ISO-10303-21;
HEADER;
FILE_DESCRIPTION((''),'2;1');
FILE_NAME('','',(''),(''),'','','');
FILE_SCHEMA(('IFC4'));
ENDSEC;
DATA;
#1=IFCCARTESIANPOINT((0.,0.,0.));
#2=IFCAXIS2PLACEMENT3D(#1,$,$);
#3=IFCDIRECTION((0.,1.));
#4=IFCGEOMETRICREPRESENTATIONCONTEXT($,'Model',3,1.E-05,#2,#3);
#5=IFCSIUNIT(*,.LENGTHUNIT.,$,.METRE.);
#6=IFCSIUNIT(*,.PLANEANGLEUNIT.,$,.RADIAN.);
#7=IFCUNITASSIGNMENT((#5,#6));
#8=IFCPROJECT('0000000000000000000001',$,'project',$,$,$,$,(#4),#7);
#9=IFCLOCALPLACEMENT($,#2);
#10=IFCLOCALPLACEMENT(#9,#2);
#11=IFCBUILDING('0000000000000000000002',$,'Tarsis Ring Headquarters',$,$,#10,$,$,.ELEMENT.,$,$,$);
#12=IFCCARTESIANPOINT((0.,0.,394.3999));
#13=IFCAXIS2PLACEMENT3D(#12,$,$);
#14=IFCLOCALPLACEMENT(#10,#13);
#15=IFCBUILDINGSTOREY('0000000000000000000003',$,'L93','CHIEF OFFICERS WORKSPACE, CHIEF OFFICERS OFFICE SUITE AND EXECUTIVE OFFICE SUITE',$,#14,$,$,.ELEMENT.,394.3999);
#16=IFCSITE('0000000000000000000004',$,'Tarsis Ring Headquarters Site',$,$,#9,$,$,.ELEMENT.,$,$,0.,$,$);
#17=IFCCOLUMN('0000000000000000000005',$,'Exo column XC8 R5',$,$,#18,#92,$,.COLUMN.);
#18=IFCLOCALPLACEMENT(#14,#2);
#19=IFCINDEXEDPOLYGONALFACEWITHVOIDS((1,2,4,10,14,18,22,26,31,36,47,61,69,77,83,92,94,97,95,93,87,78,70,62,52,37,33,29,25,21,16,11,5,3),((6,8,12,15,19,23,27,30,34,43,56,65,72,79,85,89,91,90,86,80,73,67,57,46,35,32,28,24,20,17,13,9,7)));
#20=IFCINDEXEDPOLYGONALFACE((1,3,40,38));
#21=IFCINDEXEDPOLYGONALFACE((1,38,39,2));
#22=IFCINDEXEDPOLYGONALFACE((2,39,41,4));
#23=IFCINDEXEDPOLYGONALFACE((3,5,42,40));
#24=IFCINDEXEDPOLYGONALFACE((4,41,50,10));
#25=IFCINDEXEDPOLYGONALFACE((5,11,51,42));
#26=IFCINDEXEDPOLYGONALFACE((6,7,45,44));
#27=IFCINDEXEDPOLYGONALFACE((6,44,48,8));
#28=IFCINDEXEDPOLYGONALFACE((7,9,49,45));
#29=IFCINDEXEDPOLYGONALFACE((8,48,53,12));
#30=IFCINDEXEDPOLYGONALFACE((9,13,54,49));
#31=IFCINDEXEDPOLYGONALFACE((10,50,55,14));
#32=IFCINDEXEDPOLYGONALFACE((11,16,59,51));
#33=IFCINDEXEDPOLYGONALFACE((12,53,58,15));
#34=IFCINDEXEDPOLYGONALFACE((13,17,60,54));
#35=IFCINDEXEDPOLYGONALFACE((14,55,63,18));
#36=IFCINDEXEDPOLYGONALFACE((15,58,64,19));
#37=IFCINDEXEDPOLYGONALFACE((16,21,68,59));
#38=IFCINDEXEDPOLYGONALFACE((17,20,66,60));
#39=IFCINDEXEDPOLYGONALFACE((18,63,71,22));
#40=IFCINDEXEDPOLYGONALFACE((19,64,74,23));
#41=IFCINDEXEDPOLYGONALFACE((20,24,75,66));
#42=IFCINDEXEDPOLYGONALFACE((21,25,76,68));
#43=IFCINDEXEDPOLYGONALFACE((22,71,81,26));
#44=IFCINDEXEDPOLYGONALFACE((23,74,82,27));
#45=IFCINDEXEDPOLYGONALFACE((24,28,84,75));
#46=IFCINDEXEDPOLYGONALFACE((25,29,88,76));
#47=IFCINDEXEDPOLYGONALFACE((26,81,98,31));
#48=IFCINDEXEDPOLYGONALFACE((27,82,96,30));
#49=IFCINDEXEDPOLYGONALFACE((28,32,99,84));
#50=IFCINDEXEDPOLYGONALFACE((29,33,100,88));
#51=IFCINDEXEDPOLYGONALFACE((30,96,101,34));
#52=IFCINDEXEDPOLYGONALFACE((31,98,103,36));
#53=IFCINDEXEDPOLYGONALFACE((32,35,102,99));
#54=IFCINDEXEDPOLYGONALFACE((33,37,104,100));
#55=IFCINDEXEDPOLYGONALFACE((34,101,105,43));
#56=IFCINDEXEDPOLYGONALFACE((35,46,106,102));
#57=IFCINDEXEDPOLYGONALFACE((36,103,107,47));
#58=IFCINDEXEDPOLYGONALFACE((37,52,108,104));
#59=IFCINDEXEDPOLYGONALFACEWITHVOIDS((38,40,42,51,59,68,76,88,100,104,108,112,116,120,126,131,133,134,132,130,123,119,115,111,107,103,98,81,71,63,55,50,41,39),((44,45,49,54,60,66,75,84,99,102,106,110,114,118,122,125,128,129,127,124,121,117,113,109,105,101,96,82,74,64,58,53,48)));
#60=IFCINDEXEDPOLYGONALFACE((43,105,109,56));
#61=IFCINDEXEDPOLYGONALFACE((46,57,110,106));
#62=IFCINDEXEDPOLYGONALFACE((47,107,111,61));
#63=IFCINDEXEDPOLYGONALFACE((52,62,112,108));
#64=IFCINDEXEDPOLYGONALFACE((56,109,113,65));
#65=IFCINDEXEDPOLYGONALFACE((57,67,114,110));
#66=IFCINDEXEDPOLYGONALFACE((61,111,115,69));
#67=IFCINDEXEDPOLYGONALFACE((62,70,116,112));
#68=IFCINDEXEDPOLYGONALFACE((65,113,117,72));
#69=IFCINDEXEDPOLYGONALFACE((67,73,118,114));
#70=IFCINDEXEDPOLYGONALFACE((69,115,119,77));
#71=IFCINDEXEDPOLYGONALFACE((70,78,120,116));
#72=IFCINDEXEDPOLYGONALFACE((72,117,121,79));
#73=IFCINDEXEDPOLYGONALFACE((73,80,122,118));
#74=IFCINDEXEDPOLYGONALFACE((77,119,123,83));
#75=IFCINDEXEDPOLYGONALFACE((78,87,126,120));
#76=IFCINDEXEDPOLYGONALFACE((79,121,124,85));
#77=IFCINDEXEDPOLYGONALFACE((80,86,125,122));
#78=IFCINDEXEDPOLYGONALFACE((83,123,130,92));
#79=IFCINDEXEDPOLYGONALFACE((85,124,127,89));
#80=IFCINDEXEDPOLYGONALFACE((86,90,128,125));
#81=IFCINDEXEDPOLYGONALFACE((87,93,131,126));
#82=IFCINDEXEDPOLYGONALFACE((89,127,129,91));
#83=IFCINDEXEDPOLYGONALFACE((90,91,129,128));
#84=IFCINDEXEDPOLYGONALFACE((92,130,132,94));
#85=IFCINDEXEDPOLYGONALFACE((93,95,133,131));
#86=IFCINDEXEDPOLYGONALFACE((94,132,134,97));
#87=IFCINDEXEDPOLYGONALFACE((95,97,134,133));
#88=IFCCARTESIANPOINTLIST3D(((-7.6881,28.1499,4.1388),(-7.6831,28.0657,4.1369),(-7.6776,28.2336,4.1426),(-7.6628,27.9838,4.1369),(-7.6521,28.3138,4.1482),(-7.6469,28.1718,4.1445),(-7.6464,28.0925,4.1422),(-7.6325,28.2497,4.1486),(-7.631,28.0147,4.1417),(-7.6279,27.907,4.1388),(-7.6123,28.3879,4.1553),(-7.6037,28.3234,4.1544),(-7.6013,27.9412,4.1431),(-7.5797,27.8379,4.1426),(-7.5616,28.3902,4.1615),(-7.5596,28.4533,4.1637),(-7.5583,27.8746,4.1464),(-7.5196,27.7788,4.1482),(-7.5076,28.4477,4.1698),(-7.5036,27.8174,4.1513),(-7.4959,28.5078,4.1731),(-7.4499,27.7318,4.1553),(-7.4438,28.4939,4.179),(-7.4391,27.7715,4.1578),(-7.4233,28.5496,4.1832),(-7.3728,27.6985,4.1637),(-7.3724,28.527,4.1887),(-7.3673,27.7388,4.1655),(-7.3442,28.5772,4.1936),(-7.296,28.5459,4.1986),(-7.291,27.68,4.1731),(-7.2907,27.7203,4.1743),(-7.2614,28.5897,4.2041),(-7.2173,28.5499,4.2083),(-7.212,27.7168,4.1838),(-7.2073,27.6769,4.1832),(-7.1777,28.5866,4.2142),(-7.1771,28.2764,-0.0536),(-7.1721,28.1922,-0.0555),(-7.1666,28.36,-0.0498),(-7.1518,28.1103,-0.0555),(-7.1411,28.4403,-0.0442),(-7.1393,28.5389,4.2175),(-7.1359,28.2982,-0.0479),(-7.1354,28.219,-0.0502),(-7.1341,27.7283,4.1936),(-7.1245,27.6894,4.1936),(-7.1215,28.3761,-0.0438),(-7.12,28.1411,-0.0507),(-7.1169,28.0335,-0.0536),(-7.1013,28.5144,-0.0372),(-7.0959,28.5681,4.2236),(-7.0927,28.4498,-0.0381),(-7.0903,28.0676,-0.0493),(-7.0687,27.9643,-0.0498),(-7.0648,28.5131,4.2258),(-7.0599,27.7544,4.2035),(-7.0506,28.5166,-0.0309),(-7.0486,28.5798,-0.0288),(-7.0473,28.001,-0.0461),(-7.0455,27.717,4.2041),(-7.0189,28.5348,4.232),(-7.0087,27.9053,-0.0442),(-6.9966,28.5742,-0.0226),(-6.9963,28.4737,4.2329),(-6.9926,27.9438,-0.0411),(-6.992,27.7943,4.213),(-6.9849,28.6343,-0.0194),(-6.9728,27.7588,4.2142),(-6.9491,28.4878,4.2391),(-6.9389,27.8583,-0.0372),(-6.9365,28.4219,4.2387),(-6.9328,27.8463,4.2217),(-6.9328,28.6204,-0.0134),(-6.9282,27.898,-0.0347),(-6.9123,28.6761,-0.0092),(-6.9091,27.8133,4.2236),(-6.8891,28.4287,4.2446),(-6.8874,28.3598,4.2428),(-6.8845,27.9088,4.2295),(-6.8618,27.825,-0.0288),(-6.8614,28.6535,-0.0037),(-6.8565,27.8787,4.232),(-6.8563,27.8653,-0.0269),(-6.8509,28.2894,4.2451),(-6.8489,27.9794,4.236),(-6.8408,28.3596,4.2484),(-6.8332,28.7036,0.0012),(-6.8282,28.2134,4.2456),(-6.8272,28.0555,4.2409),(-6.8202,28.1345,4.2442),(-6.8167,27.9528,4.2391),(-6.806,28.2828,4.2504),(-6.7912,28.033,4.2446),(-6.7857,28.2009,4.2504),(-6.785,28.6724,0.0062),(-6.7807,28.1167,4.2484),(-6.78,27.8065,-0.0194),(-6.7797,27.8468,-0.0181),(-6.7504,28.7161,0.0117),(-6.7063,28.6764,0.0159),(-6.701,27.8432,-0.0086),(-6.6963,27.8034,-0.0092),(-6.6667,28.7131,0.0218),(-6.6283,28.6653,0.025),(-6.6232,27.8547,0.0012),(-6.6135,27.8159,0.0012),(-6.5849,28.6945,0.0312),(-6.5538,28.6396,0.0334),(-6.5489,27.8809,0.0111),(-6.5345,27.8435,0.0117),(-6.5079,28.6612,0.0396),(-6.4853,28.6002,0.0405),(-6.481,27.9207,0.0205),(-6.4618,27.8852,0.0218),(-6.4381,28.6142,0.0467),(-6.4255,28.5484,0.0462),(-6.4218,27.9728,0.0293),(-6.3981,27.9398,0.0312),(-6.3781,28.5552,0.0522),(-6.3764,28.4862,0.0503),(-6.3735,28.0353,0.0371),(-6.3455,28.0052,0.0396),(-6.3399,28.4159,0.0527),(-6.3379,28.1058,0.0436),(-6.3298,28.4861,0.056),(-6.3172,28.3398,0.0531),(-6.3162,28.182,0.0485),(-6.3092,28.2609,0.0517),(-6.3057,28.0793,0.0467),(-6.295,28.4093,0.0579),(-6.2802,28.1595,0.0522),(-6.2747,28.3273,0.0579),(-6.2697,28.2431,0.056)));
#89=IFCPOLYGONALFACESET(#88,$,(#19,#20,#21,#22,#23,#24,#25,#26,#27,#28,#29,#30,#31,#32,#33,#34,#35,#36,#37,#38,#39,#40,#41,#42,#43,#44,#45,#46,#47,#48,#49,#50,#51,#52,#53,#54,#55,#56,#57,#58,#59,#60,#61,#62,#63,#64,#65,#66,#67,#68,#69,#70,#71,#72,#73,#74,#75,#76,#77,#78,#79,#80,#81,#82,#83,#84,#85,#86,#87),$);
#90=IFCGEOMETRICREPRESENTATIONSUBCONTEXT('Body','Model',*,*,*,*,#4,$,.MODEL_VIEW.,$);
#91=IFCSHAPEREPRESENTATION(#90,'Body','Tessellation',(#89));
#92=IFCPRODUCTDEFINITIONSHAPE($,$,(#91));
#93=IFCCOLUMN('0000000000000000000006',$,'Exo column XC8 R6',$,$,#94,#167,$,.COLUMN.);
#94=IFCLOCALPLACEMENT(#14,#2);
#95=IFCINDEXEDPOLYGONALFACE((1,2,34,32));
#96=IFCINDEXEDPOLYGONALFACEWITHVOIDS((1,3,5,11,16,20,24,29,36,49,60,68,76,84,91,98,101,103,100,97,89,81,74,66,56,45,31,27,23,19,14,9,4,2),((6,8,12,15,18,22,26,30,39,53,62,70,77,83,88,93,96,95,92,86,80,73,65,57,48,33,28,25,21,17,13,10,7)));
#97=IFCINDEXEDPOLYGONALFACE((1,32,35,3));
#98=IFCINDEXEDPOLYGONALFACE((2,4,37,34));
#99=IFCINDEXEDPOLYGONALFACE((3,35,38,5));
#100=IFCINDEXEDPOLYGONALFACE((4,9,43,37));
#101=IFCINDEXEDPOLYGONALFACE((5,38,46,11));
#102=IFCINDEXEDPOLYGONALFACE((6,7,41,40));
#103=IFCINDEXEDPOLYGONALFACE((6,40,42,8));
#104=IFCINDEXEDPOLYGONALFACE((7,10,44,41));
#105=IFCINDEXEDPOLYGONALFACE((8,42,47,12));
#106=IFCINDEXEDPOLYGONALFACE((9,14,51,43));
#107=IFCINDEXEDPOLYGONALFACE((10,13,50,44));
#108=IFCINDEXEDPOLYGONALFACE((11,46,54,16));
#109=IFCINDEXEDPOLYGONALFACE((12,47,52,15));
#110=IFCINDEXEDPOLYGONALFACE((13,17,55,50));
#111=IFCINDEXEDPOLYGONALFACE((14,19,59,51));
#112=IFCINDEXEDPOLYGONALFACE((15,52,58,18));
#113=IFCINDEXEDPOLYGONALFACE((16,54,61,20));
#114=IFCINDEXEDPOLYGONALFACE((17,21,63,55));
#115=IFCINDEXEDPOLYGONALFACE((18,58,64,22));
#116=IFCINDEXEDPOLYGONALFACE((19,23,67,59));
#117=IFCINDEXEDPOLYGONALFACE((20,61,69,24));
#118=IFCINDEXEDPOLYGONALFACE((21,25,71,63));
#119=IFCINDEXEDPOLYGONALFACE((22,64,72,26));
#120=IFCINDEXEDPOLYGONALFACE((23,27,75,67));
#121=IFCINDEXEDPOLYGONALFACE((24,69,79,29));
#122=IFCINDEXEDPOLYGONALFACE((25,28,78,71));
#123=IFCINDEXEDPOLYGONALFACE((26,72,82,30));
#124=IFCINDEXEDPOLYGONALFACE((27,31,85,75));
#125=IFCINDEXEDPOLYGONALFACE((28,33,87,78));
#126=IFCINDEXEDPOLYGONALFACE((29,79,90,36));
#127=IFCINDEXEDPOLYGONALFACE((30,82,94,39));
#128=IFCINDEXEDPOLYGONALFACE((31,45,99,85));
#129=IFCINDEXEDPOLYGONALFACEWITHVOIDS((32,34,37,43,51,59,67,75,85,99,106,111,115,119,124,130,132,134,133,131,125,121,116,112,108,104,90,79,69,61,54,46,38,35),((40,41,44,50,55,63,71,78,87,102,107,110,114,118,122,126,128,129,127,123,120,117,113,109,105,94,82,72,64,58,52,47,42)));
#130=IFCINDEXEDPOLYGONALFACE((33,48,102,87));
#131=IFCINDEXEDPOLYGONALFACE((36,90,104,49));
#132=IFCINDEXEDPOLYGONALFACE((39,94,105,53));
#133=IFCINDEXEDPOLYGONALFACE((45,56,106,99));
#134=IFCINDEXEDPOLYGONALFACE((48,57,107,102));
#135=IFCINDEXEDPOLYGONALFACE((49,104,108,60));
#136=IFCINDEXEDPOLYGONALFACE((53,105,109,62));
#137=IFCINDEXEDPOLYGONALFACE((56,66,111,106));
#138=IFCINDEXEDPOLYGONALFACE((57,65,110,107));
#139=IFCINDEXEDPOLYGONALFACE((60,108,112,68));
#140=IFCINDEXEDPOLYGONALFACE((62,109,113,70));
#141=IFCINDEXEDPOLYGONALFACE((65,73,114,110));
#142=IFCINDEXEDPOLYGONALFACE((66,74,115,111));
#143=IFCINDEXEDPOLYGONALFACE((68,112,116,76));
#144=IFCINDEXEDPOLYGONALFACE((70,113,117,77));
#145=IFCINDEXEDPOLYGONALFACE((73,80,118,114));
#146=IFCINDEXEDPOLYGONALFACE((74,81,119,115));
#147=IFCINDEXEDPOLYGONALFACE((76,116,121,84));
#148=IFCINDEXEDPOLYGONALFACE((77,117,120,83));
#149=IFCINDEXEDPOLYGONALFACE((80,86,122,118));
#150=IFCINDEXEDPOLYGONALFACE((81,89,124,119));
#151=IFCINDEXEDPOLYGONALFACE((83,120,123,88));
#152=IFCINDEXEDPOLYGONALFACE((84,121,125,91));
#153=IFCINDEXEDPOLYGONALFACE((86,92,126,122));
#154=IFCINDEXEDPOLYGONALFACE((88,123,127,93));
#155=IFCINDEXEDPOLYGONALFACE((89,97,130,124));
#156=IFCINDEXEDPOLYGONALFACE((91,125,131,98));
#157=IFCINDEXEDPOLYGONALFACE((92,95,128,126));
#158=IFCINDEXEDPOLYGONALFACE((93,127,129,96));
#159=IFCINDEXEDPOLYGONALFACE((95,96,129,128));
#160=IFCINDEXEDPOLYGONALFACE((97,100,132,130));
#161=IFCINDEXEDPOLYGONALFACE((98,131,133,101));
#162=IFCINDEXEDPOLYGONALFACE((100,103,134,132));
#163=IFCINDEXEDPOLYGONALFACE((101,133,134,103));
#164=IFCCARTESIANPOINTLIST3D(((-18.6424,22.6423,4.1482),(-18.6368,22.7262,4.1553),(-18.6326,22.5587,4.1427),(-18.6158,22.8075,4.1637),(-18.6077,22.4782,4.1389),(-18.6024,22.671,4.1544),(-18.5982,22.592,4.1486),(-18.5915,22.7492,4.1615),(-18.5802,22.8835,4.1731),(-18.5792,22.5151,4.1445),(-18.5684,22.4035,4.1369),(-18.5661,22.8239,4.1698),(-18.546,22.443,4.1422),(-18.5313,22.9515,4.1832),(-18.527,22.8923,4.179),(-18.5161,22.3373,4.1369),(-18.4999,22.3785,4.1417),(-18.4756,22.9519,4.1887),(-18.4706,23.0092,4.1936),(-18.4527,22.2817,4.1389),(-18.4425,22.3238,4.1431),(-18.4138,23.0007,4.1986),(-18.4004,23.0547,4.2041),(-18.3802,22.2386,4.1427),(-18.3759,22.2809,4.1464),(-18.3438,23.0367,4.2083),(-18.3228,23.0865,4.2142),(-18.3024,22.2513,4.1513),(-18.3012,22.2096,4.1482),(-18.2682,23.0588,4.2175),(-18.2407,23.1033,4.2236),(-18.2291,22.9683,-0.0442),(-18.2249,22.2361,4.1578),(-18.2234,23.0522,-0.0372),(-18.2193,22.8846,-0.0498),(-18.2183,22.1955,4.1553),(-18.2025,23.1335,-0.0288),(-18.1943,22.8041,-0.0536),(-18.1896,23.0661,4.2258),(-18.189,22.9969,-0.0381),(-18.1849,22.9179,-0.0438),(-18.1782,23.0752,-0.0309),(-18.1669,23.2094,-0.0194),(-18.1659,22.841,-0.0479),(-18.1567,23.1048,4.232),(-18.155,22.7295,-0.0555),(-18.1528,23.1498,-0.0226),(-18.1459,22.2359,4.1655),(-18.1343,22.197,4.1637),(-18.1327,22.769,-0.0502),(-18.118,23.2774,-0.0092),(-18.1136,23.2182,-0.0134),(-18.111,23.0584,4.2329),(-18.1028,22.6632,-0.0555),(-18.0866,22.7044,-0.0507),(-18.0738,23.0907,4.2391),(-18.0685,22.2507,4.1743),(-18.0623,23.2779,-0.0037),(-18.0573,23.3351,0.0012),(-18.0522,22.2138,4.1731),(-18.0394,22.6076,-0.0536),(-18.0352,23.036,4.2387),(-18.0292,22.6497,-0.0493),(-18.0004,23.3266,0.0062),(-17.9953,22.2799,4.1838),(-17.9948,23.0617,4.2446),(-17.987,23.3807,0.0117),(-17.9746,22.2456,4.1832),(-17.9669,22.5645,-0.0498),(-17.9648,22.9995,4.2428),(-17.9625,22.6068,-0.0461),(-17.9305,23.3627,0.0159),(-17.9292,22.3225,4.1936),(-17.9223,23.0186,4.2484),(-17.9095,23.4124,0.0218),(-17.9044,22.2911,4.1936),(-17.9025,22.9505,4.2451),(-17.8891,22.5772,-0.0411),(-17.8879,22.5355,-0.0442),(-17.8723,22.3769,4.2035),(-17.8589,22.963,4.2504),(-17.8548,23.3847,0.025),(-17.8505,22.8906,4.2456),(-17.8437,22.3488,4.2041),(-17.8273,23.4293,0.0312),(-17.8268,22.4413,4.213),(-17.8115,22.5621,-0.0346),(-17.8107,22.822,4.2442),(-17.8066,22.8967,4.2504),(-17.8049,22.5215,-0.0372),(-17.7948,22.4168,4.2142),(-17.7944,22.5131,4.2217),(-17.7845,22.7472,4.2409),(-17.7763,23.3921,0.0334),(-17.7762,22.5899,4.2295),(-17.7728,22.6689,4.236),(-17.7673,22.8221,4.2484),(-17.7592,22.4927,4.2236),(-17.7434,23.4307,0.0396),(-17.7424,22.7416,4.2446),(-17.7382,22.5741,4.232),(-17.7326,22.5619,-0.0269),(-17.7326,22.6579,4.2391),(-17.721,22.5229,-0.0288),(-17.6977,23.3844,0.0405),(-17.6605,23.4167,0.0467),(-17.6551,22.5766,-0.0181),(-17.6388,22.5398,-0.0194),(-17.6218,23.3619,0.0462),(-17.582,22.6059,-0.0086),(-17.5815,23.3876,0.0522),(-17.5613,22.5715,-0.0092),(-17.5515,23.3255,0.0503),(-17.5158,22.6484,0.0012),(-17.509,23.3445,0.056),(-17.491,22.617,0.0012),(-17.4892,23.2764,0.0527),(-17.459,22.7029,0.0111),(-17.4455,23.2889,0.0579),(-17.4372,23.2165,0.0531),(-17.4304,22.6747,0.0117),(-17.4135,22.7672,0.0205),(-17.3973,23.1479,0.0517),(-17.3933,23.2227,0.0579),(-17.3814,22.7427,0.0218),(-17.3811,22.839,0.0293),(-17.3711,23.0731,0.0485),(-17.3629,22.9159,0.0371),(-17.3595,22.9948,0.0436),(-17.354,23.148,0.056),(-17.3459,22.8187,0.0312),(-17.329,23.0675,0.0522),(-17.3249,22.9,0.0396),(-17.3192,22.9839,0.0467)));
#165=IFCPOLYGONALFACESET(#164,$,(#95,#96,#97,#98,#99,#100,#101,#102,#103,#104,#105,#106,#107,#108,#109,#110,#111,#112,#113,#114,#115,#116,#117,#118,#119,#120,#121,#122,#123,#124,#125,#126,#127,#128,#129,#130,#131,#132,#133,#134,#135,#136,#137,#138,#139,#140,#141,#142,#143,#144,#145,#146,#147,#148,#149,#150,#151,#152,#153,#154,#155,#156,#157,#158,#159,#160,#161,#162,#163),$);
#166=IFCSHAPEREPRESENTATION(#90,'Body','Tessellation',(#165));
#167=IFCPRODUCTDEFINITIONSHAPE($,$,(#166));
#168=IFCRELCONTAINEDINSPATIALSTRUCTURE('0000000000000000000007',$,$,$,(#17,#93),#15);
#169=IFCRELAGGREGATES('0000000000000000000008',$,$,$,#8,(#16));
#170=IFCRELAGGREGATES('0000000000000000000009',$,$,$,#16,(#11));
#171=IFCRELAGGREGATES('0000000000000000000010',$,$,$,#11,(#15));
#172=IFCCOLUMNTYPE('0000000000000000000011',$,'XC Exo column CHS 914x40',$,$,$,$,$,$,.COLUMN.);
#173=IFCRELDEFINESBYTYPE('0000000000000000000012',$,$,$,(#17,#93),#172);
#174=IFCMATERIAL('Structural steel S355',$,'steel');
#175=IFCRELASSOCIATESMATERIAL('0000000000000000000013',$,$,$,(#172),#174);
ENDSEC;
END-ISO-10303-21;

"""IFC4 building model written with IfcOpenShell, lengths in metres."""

from ifc_helpers import new_model, si_unit, direction, frame, origin, origin_2d, place, context, subcontext, project, spatial, hollow_circle, extrude, material, material_profile, profile_set, type_object, element, save


model = new_model("IFC4")

# Units and contexts
model_context = context("Model", 3, precision=1e-05, world=origin(), true_north=direction((0.0, 1.0)))
body_context = subcontext(model_context, "Body", "Model", "MODEL_VIEW")
ifc_project = project(units=[si_unit("LENGTHUNIT", "METRE"), si_unit("PLANEANGLEUNIT", "RADIAN")], contexts=[model_context])

# Site, building, storey
site_placement = place(None, origin())
site = spatial("IfcSite", under=ifc_project, at=site_placement, Name="Tarsis Ring Headquarters Site", CompositionType="ELEMENT", RefElevation=0.0)
building_placement = place(site_placement, origin())
building = spatial("IfcBuilding", under=site, at=building_placement, Name="Tarsis Ring Headquarters", CompositionType="ELEMENT")
storey_placement = place(building_placement, frame((0.0, 0.0, 394.3999)))
storey = spatial("IfcBuildingStorey", under=building, at=storey_placement, Name="L93", Description="CHIEF OFFICERS WORKSPACE, CHIEF OFFICERS OFFICE SUITE AND EXECUTIVE OFFICE SUITE", CompositionType="ELEMENT", Elevation=394.3999)

# Columns
ifc_material_1 = material(Name="Structural steel S355", Category="steel")
ifc_material_profile_1 = material_profile(ifc_material_1, hollow_circle(Radius=0.457, WallThickness=0.04, at=origin_2d()), Name="CHS 914x40")
ifc_profile_set_1 = profile_set([ifc_material_profile_1], Name="Structural steel S355")
column_type = type_object("IfcColumnType", Name="XC Exo column CHS 914x40", PredefinedType="COLUMN", material=ifc_profile_set_1)
for number, where, z_axis, x_axis, name in (
    (1, (-6.7234, 28.2598, 0.0012), (-0.120935, -0.02993, 0.992209), (0.240243, -0.970713, 0.0), "Exo column XC8 R5"),
    (2, (-17.7742, 22.9761, 0.0012), (-0.097823, -0.077137, 0.99221), (0.619193, -0.785239, 0.0), "Exo column XC8 R6"),
):
    element("IfcColumn", number, at=place(storey_placement, frame(where, z_axis=z_axis, x_axis=x_axis)), inside=storey, type_object=column_type, Name=name, PredefinedType="COLUMN", context=body_context, shape_type="SweptSolid", body=[
        extrude(hollow_circle(Radius=0.4573, WallThickness=0.04, at=origin_2d()), origin(), (0.0, 0.0, 1.0), 4.2253),
    ])

save(model, "model.ifc")
